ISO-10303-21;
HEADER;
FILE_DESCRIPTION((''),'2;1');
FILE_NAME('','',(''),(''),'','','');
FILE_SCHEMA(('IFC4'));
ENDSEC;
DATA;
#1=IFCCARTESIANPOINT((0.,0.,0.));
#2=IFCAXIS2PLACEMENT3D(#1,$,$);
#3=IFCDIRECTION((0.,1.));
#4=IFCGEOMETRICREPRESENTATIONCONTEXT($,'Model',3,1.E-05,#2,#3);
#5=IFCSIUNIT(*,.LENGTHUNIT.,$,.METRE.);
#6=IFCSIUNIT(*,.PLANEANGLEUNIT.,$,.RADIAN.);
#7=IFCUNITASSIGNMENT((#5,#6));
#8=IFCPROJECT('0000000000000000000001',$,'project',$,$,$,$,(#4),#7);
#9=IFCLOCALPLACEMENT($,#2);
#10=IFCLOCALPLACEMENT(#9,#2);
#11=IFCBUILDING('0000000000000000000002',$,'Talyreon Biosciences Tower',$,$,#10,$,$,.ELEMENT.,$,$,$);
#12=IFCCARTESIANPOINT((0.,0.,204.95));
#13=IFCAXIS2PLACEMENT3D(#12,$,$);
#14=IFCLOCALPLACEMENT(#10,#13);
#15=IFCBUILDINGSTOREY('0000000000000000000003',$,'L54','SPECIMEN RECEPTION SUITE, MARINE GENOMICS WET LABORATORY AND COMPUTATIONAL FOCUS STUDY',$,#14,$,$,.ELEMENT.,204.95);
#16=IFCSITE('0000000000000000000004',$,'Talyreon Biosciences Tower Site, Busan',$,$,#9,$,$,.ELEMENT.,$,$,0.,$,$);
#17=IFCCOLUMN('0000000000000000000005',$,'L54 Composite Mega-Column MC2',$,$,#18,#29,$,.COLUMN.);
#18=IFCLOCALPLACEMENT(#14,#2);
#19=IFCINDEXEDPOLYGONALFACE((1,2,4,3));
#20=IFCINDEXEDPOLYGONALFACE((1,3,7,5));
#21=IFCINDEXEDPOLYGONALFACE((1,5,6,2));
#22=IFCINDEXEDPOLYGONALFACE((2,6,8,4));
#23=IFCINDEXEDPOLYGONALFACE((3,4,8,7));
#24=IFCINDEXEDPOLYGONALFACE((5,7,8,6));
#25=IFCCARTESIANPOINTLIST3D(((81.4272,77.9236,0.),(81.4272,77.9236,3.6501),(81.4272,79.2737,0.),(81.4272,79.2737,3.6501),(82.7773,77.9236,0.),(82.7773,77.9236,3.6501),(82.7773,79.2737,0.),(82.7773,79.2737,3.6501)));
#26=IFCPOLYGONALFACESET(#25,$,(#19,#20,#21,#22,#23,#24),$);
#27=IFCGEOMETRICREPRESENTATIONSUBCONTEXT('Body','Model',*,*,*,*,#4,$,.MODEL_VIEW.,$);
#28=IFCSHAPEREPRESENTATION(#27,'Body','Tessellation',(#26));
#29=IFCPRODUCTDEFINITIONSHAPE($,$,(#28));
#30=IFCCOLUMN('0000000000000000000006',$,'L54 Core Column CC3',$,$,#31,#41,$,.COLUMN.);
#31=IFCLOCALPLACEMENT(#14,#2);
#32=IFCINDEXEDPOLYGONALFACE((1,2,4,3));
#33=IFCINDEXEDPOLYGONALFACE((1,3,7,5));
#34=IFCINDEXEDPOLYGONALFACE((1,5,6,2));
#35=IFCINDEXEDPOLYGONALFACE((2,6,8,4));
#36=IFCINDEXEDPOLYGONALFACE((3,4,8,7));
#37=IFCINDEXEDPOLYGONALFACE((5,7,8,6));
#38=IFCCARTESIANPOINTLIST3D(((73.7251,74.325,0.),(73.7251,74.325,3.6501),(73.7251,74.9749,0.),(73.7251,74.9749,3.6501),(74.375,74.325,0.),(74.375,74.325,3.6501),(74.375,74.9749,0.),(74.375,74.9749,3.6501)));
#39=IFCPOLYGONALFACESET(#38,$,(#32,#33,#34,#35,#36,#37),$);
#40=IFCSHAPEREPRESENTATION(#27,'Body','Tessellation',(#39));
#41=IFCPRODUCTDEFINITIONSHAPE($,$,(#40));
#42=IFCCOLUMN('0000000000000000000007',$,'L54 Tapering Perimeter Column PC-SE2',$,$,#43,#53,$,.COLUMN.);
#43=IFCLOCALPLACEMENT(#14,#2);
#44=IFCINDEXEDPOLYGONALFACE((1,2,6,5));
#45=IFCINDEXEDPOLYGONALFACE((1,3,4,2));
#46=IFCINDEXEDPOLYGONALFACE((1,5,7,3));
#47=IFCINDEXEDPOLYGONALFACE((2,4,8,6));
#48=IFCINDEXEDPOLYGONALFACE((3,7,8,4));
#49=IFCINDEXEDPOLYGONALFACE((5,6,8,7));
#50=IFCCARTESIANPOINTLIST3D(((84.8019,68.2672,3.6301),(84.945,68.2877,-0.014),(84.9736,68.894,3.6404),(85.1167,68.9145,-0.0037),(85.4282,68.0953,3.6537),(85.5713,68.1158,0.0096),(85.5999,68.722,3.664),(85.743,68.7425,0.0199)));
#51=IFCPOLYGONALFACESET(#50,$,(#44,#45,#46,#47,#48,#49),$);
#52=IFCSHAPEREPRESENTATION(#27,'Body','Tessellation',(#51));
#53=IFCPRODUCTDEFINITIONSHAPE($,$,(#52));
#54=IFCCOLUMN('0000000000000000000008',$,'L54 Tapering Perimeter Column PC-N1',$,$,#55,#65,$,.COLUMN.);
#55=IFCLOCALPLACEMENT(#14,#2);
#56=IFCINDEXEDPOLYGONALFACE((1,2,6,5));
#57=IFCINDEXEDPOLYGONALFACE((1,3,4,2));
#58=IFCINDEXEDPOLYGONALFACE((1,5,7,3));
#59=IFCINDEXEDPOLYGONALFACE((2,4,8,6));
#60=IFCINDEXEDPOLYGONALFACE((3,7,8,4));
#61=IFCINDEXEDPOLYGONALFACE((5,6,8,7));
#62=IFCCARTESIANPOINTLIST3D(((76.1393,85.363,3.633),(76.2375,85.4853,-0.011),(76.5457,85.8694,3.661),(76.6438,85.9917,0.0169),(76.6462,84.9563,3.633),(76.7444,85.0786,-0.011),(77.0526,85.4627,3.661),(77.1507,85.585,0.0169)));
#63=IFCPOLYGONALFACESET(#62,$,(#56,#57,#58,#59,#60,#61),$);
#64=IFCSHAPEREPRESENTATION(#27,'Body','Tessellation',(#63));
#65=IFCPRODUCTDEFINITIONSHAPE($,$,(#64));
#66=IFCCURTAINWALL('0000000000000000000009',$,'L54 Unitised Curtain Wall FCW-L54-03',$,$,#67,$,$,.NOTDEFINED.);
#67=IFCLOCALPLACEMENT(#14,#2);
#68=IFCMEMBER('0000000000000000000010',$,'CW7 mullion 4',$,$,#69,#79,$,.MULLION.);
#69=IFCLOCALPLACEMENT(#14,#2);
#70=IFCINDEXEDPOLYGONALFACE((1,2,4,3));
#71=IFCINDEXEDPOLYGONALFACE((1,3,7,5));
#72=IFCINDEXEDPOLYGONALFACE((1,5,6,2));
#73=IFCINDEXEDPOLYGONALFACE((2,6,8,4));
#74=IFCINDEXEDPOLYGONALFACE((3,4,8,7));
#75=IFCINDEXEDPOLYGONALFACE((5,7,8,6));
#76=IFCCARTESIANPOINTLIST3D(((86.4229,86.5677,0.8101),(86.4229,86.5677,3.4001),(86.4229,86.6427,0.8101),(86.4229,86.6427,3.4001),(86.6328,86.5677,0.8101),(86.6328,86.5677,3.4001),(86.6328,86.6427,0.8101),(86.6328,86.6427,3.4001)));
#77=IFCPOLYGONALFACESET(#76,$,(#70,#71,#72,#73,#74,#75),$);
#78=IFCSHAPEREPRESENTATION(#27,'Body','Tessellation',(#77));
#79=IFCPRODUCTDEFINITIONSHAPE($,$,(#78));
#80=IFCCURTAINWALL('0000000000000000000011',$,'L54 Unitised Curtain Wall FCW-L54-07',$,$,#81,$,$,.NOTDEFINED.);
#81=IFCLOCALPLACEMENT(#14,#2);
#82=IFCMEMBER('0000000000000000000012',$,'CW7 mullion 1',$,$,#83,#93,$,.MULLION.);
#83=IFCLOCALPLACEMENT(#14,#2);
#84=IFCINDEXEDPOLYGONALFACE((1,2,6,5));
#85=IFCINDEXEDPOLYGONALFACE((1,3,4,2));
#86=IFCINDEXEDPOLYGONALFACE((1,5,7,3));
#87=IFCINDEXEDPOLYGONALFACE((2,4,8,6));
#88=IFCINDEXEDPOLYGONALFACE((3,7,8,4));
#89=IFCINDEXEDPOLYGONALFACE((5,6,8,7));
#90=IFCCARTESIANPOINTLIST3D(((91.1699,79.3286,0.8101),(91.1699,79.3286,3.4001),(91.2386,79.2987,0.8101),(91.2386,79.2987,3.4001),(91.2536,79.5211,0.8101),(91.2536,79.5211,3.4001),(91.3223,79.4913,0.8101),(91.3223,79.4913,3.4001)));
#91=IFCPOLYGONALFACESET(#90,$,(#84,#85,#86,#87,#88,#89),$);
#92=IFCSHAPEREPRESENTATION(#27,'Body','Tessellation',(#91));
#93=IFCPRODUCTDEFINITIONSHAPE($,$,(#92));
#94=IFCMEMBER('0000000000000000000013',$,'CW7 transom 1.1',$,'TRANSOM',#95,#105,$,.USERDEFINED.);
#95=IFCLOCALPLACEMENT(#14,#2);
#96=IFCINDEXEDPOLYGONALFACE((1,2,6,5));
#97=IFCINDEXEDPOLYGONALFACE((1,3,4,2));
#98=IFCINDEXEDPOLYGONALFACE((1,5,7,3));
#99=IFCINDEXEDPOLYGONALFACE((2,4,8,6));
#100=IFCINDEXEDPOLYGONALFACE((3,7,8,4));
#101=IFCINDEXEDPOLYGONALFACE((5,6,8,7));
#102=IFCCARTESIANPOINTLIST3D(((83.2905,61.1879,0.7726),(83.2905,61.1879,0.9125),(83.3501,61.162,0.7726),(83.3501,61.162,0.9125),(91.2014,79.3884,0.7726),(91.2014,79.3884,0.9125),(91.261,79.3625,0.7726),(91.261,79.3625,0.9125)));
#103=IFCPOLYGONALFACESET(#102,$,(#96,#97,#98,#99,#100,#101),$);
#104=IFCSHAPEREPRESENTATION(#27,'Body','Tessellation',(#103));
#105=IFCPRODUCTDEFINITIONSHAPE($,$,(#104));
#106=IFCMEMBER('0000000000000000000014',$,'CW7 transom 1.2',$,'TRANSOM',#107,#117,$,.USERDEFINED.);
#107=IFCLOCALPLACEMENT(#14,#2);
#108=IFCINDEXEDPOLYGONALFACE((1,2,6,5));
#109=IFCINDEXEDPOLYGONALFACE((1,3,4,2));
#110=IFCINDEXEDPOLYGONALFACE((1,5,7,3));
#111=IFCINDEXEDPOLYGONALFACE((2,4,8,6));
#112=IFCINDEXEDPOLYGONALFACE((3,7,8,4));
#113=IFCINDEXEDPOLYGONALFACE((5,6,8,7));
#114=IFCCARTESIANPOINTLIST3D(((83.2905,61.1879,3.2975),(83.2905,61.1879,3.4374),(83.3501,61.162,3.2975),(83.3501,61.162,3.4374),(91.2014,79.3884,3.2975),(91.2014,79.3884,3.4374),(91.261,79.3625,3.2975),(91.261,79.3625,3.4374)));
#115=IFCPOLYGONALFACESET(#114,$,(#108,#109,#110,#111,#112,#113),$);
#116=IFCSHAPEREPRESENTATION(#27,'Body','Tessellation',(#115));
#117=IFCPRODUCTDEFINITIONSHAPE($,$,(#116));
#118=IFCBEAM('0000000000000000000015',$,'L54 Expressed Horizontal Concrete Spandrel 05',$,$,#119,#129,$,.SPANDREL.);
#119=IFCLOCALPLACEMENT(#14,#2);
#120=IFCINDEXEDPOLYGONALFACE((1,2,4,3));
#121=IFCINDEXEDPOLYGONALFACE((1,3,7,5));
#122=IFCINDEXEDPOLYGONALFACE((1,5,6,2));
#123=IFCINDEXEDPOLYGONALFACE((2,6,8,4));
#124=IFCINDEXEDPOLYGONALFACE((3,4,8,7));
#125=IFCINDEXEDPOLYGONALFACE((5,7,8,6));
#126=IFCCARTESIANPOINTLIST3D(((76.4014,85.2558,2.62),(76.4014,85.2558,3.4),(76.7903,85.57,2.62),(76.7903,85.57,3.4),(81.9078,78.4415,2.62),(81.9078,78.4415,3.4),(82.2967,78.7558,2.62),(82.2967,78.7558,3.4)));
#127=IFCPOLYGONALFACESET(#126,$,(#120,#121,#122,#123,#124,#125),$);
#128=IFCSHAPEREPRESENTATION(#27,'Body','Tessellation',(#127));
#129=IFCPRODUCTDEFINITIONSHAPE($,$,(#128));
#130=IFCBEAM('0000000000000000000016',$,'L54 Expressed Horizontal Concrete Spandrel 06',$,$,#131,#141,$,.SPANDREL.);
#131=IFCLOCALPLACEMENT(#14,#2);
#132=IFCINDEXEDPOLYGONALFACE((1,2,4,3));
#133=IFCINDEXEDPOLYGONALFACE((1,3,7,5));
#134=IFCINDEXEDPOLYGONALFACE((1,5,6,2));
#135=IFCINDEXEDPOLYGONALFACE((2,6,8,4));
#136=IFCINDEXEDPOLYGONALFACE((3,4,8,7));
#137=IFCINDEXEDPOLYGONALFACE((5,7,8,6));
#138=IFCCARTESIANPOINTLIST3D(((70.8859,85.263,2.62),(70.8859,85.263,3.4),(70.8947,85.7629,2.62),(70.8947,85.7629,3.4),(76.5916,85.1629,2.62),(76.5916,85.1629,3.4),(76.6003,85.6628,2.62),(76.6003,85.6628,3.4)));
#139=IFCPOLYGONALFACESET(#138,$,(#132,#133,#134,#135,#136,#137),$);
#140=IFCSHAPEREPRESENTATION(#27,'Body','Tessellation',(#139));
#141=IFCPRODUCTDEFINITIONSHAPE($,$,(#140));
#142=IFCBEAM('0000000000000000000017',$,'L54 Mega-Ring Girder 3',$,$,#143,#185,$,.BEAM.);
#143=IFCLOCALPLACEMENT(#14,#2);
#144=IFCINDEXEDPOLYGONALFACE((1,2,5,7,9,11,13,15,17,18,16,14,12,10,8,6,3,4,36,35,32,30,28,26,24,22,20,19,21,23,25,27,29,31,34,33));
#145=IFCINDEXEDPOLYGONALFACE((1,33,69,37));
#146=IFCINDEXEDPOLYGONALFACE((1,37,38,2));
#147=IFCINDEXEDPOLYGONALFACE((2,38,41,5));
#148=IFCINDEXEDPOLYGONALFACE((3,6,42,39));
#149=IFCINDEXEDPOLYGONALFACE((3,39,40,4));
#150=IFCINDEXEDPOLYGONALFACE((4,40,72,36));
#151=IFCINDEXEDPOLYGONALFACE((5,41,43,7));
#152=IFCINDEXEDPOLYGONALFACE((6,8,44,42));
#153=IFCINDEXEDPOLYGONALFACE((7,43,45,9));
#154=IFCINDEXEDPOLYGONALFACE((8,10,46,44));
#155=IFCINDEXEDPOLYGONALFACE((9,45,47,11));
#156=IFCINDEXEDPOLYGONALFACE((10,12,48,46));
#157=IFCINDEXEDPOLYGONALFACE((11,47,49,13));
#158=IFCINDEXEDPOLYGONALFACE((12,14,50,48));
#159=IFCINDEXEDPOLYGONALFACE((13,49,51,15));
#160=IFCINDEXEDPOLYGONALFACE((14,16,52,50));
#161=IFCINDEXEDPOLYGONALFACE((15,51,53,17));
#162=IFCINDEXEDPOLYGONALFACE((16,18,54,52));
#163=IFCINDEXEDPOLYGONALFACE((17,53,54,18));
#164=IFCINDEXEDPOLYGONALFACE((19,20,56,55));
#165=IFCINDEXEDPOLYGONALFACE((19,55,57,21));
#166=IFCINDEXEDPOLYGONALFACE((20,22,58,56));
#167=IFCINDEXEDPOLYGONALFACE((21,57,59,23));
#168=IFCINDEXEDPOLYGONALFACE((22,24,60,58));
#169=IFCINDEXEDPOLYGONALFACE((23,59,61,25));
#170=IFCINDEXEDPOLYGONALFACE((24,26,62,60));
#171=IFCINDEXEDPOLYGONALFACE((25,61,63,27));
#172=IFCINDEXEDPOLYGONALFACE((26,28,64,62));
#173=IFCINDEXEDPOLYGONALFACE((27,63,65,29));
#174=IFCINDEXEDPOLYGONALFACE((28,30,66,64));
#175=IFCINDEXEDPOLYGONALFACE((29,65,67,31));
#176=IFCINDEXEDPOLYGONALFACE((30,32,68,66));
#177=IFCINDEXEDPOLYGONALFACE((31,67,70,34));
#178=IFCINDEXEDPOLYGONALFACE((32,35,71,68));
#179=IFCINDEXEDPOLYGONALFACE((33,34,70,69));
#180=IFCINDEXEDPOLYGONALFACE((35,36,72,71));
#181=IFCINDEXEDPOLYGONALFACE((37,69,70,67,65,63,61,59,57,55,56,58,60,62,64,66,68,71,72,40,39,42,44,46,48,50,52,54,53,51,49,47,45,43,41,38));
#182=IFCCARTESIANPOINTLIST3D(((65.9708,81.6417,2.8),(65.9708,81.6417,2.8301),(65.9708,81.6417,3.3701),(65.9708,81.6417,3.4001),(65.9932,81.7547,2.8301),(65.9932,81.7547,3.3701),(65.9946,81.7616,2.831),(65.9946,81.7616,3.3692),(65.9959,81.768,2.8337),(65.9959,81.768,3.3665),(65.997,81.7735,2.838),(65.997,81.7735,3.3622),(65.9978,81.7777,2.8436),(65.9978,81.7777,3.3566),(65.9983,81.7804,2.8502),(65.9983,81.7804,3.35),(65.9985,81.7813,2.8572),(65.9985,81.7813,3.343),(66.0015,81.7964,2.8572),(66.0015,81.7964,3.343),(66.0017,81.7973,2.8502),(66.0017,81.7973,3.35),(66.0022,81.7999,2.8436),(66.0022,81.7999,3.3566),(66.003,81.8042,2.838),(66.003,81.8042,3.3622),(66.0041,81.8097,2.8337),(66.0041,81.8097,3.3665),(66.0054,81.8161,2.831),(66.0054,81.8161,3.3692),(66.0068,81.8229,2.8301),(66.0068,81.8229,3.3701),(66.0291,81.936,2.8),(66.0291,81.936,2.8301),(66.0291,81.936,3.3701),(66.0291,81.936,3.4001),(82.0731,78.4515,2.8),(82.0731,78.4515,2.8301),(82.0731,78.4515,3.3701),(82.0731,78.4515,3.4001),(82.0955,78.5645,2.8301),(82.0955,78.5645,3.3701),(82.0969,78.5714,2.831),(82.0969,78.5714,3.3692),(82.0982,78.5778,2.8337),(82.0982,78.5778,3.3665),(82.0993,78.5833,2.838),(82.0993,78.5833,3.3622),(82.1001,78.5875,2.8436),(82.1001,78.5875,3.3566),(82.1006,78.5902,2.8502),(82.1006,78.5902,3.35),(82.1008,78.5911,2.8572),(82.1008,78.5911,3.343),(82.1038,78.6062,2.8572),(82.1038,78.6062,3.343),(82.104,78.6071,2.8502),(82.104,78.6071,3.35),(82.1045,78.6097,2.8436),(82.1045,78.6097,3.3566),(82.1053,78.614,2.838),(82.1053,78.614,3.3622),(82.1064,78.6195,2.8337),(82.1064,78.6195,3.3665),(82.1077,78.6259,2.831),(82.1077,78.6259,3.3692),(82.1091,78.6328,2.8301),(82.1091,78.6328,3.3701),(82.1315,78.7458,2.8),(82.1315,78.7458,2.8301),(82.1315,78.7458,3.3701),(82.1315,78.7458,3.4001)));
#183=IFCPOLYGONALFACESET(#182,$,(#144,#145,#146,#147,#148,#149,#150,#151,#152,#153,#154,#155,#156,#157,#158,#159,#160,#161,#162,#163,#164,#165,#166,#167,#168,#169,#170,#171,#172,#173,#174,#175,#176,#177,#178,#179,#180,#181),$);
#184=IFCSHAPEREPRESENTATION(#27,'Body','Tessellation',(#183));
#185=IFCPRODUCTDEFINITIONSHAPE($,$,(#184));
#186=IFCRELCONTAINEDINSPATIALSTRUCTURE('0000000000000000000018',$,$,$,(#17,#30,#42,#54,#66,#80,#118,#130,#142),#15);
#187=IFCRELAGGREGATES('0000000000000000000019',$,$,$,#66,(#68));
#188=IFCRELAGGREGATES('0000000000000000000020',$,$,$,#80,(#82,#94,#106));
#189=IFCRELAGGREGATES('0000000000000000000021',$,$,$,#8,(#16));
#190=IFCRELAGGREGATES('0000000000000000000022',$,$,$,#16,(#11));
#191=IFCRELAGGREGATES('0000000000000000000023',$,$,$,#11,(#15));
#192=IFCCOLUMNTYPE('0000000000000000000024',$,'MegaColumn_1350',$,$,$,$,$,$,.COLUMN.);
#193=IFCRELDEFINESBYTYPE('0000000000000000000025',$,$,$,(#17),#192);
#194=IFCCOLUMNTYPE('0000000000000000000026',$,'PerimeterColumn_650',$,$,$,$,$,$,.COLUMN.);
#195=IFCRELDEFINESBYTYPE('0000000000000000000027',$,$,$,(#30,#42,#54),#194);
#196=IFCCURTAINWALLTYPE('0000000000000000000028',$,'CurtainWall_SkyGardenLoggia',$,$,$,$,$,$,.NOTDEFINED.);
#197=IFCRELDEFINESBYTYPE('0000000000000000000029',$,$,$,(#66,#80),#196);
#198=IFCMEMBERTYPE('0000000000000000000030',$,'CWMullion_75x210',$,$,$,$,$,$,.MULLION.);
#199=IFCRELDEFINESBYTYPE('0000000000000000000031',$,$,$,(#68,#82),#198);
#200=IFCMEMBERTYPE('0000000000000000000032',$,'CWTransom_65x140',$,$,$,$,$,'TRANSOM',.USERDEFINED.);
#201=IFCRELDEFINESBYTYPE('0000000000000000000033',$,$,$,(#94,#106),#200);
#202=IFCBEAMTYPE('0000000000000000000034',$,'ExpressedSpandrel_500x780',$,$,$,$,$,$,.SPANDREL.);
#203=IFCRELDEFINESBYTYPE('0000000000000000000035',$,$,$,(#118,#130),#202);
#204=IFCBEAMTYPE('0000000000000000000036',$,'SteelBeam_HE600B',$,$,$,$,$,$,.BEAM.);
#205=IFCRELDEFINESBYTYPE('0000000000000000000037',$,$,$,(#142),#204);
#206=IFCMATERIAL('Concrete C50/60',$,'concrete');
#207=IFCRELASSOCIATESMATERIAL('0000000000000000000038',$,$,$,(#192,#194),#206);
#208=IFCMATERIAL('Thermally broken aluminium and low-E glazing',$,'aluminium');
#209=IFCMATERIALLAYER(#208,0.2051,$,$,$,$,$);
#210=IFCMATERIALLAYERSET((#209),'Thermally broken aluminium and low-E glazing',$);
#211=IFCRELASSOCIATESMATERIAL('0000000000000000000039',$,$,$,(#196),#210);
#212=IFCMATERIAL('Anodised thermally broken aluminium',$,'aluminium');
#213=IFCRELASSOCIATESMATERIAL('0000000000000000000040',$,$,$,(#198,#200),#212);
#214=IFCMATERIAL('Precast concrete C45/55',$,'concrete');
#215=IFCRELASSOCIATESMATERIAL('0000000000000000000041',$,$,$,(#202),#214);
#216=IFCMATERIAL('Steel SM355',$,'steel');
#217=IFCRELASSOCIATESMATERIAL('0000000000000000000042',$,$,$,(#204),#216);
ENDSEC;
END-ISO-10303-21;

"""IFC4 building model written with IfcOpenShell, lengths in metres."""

from ifc_helpers import new_model, si_unit, direction, frame, origin, origin_2d, place, context, subcontext, project, spatial, rectangle, i_section, extrude, material, layer, layer_set, material_profile, profile_set, type_object, element, aggregate, save


model = new_model("IFC4")

# Units and contexts
model_context = context("Model", 3, precision=1e-05, world=origin(), true_north=direction((0.0, 1.0)))
body_context = subcontext(model_context, "Body", "Model", "MODEL_VIEW")
ifc_project = project(units=[si_unit("LENGTHUNIT", "METRE"), si_unit("PLANEANGLEUNIT", "RADIAN")], contexts=[model_context])

# Site, building, storey
site_placement = place(None, origin())
site = spatial("IfcSite", under=ifc_project, at=site_placement, Name="Talyreon Biosciences Tower Site, Busan", CompositionType="ELEMENT", RefElevation=0.0)
building_placement = place(site_placement, origin())
building = spatial("IfcBuilding", under=site, at=building_placement, Name="Talyreon Biosciences Tower", CompositionType="ELEMENT")
storey_placement = place(building_placement, frame((0.0, 0.0, 204.95)))
storey = spatial("IfcBuildingStorey", under=building, at=storey_placement, Name="L54", Description="SPECIMEN RECEPTION SUITE, MARINE GENOMICS WET LABORATORY AND COMPUTATIONAL FOCUS STUDY", CompositionType="ELEMENT", Elevation=204.95)

# Columns
ifc_material_1 = material(Name="Concrete C50/60", Category="concrete")
ifc_material_profile_1 = material_profile(ifc_material_1, rectangle(XDim=1.3501, YDim=1.3501, at=origin_2d()), Name="RC 1350x1350")
ifc_profile_set_1 = profile_set([ifc_material_profile_1], Name="Concrete C50/60")
column_type_1 = type_object("IfcColumnType", Name="MegaColumn_1350", PredefinedType="COLUMN", material=ifc_profile_set_1)
column_1_placement = place(storey_placement, frame((82.1023, 78.5986, 0.0), z_axis=(0.0, 0.0, 1.0), x_axis=(1.0, 0.0, 0.0)))
element("IfcColumn", 1, at=column_1_placement, inside=storey, type_object=column_type_1, Name="L54 Composite Mega-Column MC2", PredefinedType="COLUMN", context=body_context, shape_type="SweptSolid", body=[
    extrude(rectangle(XDim=1.3501, YDim=1.3501, at=origin_2d()), origin(), (0.0, 0.0, 1.0), 3.6501),
])
ifc_material_profile_2 = material_profile(ifc_material_1, rectangle(XDim=0.6499, YDim=0.6499, at=origin_2d()), Name="RC 650x650")
ifc_profile_set_2 = profile_set([ifc_material_profile_2], Name="Concrete C50/60")
column_type_2 = type_object("IfcColumnType", Name="PerimeterColumn_650", PredefinedType="COLUMN", material=ifc_profile_set_2)
column_2_placement = place(storey_placement, frame((74.05, 74.6499, 0.0), z_axis=(0.0, 0.0, 1.0), x_axis=(1.0, 0.0, 0.0)))
element("IfcColumn", 2, at=column_2_placement, inside=storey, type_object=column_type_2, Name="L54 Core Column CC3", PredefinedType="COLUMN", context=body_context, shape_type="SweptSolid", body=[
    extrude(rectangle(XDim=0.6499, YDim=0.6499, at=origin_2d()), origin(), (0.0, 0.0, 1.0), 3.6501),
])
column_3_placement = place(storey_placement, frame((85.344, 68.5151, 0.0029), z_axis=(-0.03923, -0.005623, 0.999214), x_axis=(0.963685, -0.264556, 0.036346)))
element("IfcColumn", 3, at=column_3_placement, inside=storey, type_object=column_type_2, Name="L54 Tapering Perimeter Column PC-SE2", PredefinedType="COLUMN", context=body_context, shape_type="SweptSolid", body=[
    extrude(rectangle(XDim=0.6499, YDim=0.6499, at=origin_2d()), origin(), (0.0, 0.0, 1.0), 3.647),
])
column_4_placement = place(storey_placement, frame((76.6941, 85.5352, 0.0029), z_axis=(-0.026908, -0.033535, 0.999075), x_axis=(-0.779957, 0.625834, 0.0)))
element("IfcColumn", 4, at=column_4_placement, inside=storey, type_object=column_type_2, Name="L54 Tapering Perimeter Column PC-N1", PredefinedType="COLUMN", context=body_context, shape_type="SweptSolid", body=[
    extrude(rectangle(XDim=0.6499, YDim=0.6499, at=origin_2d()), origin(), (0.0, 0.0, 1.0), 3.6475),
])

# Curtain wall, member
ifc_material_2 = material(Name="Thermally broken aluminium and low-E glazing", Category="aluminium")
ifc_layer_1 = layer(ifc_material_2, 0.2051)
ifc_layer_set_1 = layer_set([ifc_layer_1], Name="Thermally broken aluminium and low-E glazing")
curtain_wall_type = type_object("IfcCurtainWallType", Name="CurtainWall_SkyGardenLoggia", PredefinedType="NOTDEFINED", material=ifc_layer_set_1)
curtain_wall_1_placement = place(storey_placement, origin())
curtain_wall_1 = element("IfcCurtainWall", 5, at=curtain_wall_1_placement, inside=storey, type_object=curtain_wall_type, Name="L54 Unitised Curtain Wall FCW-L54-03", PredefinedType="NOTDEFINED")
ifc_material_3 = material(Name="Anodised thermally broken aluminium", Category="aluminium")
ifc_material_profile_3 = material_profile(ifc_material_3, rectangle(XDim=0.075, YDim=0.21, at=origin_2d()), Name="ALUM MULLION 75x210")
ifc_profile_set_3 = profile_set([ifc_material_profile_3], Name="Anodised thermally broken aluminium")
member_type_1 = type_object("IfcMemberType", Name="CWMullion_75x210", PredefinedType="MULLION", material=ifc_profile_set_3)
member_1_placement = place(storey_placement, frame((86.5278, 86.6052, 0.8101), z_axis=(0.0, 0.0, 1.0), x_axis=(0.0, 1.0, 0.0)))
member_1 = element("IfcMember", 6, at=member_1_placement, type_object=member_type_1, Name="CW7 mullion 4", PredefinedType="MULLION", context=body_context, shape_type="SweptSolid", body=[
    extrude(rectangle(XDim=0.075, YDim=0.21, at=origin_2d()), origin(), (0.0, 0.0, 1.0), 2.5901),
])

# Curtain wall, members
curtain_wall_2_placement = place(storey_placement, origin())
curtain_wall_2 = element("IfcCurtainWall", 7, at=curtain_wall_2_placement, inside=storey, type_object=curtain_wall_type, Name="L54 Unitised Curtain Wall FCW-L54-07", PredefinedType="NOTDEFINED")
member_2_placement = place(storey_placement, frame((91.2461, 79.4099, 0.8101), z_axis=(0.0, 0.0, 1.0), x_axis=(0.917113, -0.398628, 0.0)))
member_2 = element("IfcMember", 8, at=member_2_placement, type_object=member_type_1, Name="CW7 mullion 1", PredefinedType="MULLION", context=body_context, shape_type="SweptSolid", body=[
    extrude(rectangle(XDim=0.075, YDim=0.21, at=origin_2d()), origin(), (0.0, 0.0, 1.0), 2.5901),
])
ifc_material_profile_4 = material_profile(ifc_material_3, rectangle(XDim=0.0649, YDim=0.1399, at=origin_2d()), Name="ALUM TRANSOM 65x140")
ifc_profile_set_4 = profile_set([ifc_material_profile_4], Name="Anodised thermally broken aluminium")
member_type_2 = type_object("IfcMemberType", Name="CWTransom_65x140", ElementType="TRANSOM", PredefinedType="USERDEFINED", material=ifc_profile_set_4)
member_3_placement = place(storey_placement, frame((91.2312, 79.3755, 0.8425), z_axis=(-0.398627, -0.917113, 0.0), x_axis=(0.917113, -0.398627, 0.0)))
member_3 = element("IfcMember", 9, at=member_3_placement, type_object=member_type_2, Name="CW7 transom 1.1", ObjectType="TRANSOM", PredefinedType="USERDEFINED", context=body_context, shape_type="SweptSolid", body=[
    extrude(rectangle(XDim=0.0649, YDim=0.1399, at=origin_2d()), origin(), (0.0, 0.0, 1.0), 19.8455),
])
member_4_placement = place(storey_placement, frame((91.2312, 79.3755, 3.3674), z_axis=(-0.398627, -0.917113, 0.0), x_axis=(0.917113, -0.398627, 0.0)))
member_4 = element("IfcMember", 10, at=member_4_placement, type_object=member_type_2, Name="CW7 transom 1.2", ObjectType="TRANSOM", PredefinedType="USERDEFINED", context=body_context, shape_type="SweptSolid", body=[
    extrude(rectangle(XDim=0.0649, YDim=0.1399, at=origin_2d()), origin(), (0.0, 0.0, 1.0), 19.8455),
])

# Beams
ifc_material_4 = material(Name="Precast concrete C45/55", Category="concrete")
ifc_material_profile_5 = material_profile(ifc_material_4, rectangle(XDim=0.5, YDim=0.78, at=origin_2d()), Name="RCB 500x780")
ifc_profile_set_5 = profile_set([ifc_material_profile_5], Name="Precast concrete C45/55")
beam_type_1 = type_object("IfcBeamType", Name="ExpressedSpandrel_500x780", PredefinedType="SPANDREL", material=ifc_profile_set_5)
beam_1_placement = place(storey_placement, frame((82.1023, 78.5986, 3.01), z_axis=(-0.628514, 0.777798, 0.0), x_axis=(-0.777798, -0.628514, 0.0)))
element("IfcBeam", 11, at=beam_1_placement, inside=storey, type_object=beam_type_1, Name="L54 Expressed Horizontal Concrete Spandrel 05", PredefinedType="SPANDREL", context=body_context, shape_type="SweptSolid", body=[
    extrude(rectangle(XDim=0.5, YDim=0.78, at=origin_2d()), origin(), (0.0, 0.0, 1.0), 8.761),
])
beam_2_placement = place(storey_placement, frame((76.5959, 85.4128, 3.01), z_axis=(-0.999846, 0.017541, 0.0), x_axis=(-0.017541, -0.999846, 0.0)))
element("IfcBeam", 12, at=beam_2_placement, inside=storey, type_object=beam_type_1, Name="L54 Expressed Horizontal Concrete Spandrel 06", PredefinedType="SPANDREL", context=body_context, shape_type="SweptSolid", body=[
    extrude(rectangle(XDim=0.5, YDim=0.78, at=origin_2d()), origin(), (0.0, 0.0, 1.0), 5.7065),
])
ifc_material_5 = material(Name="Steel SM355", Category="steel")
ifc_material_profile_6 = material_profile(ifc_material_5, i_section(OverallWidth=0.3, OverallDepth=0.6001, WebThickness=0.0154, FlangeThickness=0.03, FilletRadius=0.0271, at=origin_2d()), Name="HE600B")
ifc_profile_set_6 = profile_set([ifc_material_profile_6], Name="Steel SM355")
beam_type_2 = type_object("IfcBeamType", Name="SteelBeam_HE600B", PredefinedType="BEAM", material=ifc_profile_set_6)
beam_3_placement = place(storey_placement, frame((82.1023, 78.5986, 3.1001), z_axis=(-0.980934, 0.194343, 0.0), x_axis=(-0.194343, -0.980934, 0.0)))
element("IfcBeam", 13, at=beam_3_placement, inside=storey, type_object=beam_type_2, Name="L54 Mega-Ring Girder 3", PredefinedType="BEAM", context=body_context, shape_type="SweptSolid", body=[
    extrude(i_section(OverallWidth=0.3, OverallDepth=0.6001, WebThickness=0.0154, FlangeThickness=0.03, FilletRadius=0.0271, at=origin_2d()), origin(), (0.0, 0.0, 1.0), 16.4153),
])

aggregate(curtain_wall_1, [member_1])
aggregate(curtain_wall_2, [member_2, member_3, member_4])

save(model, "model.ifc")
